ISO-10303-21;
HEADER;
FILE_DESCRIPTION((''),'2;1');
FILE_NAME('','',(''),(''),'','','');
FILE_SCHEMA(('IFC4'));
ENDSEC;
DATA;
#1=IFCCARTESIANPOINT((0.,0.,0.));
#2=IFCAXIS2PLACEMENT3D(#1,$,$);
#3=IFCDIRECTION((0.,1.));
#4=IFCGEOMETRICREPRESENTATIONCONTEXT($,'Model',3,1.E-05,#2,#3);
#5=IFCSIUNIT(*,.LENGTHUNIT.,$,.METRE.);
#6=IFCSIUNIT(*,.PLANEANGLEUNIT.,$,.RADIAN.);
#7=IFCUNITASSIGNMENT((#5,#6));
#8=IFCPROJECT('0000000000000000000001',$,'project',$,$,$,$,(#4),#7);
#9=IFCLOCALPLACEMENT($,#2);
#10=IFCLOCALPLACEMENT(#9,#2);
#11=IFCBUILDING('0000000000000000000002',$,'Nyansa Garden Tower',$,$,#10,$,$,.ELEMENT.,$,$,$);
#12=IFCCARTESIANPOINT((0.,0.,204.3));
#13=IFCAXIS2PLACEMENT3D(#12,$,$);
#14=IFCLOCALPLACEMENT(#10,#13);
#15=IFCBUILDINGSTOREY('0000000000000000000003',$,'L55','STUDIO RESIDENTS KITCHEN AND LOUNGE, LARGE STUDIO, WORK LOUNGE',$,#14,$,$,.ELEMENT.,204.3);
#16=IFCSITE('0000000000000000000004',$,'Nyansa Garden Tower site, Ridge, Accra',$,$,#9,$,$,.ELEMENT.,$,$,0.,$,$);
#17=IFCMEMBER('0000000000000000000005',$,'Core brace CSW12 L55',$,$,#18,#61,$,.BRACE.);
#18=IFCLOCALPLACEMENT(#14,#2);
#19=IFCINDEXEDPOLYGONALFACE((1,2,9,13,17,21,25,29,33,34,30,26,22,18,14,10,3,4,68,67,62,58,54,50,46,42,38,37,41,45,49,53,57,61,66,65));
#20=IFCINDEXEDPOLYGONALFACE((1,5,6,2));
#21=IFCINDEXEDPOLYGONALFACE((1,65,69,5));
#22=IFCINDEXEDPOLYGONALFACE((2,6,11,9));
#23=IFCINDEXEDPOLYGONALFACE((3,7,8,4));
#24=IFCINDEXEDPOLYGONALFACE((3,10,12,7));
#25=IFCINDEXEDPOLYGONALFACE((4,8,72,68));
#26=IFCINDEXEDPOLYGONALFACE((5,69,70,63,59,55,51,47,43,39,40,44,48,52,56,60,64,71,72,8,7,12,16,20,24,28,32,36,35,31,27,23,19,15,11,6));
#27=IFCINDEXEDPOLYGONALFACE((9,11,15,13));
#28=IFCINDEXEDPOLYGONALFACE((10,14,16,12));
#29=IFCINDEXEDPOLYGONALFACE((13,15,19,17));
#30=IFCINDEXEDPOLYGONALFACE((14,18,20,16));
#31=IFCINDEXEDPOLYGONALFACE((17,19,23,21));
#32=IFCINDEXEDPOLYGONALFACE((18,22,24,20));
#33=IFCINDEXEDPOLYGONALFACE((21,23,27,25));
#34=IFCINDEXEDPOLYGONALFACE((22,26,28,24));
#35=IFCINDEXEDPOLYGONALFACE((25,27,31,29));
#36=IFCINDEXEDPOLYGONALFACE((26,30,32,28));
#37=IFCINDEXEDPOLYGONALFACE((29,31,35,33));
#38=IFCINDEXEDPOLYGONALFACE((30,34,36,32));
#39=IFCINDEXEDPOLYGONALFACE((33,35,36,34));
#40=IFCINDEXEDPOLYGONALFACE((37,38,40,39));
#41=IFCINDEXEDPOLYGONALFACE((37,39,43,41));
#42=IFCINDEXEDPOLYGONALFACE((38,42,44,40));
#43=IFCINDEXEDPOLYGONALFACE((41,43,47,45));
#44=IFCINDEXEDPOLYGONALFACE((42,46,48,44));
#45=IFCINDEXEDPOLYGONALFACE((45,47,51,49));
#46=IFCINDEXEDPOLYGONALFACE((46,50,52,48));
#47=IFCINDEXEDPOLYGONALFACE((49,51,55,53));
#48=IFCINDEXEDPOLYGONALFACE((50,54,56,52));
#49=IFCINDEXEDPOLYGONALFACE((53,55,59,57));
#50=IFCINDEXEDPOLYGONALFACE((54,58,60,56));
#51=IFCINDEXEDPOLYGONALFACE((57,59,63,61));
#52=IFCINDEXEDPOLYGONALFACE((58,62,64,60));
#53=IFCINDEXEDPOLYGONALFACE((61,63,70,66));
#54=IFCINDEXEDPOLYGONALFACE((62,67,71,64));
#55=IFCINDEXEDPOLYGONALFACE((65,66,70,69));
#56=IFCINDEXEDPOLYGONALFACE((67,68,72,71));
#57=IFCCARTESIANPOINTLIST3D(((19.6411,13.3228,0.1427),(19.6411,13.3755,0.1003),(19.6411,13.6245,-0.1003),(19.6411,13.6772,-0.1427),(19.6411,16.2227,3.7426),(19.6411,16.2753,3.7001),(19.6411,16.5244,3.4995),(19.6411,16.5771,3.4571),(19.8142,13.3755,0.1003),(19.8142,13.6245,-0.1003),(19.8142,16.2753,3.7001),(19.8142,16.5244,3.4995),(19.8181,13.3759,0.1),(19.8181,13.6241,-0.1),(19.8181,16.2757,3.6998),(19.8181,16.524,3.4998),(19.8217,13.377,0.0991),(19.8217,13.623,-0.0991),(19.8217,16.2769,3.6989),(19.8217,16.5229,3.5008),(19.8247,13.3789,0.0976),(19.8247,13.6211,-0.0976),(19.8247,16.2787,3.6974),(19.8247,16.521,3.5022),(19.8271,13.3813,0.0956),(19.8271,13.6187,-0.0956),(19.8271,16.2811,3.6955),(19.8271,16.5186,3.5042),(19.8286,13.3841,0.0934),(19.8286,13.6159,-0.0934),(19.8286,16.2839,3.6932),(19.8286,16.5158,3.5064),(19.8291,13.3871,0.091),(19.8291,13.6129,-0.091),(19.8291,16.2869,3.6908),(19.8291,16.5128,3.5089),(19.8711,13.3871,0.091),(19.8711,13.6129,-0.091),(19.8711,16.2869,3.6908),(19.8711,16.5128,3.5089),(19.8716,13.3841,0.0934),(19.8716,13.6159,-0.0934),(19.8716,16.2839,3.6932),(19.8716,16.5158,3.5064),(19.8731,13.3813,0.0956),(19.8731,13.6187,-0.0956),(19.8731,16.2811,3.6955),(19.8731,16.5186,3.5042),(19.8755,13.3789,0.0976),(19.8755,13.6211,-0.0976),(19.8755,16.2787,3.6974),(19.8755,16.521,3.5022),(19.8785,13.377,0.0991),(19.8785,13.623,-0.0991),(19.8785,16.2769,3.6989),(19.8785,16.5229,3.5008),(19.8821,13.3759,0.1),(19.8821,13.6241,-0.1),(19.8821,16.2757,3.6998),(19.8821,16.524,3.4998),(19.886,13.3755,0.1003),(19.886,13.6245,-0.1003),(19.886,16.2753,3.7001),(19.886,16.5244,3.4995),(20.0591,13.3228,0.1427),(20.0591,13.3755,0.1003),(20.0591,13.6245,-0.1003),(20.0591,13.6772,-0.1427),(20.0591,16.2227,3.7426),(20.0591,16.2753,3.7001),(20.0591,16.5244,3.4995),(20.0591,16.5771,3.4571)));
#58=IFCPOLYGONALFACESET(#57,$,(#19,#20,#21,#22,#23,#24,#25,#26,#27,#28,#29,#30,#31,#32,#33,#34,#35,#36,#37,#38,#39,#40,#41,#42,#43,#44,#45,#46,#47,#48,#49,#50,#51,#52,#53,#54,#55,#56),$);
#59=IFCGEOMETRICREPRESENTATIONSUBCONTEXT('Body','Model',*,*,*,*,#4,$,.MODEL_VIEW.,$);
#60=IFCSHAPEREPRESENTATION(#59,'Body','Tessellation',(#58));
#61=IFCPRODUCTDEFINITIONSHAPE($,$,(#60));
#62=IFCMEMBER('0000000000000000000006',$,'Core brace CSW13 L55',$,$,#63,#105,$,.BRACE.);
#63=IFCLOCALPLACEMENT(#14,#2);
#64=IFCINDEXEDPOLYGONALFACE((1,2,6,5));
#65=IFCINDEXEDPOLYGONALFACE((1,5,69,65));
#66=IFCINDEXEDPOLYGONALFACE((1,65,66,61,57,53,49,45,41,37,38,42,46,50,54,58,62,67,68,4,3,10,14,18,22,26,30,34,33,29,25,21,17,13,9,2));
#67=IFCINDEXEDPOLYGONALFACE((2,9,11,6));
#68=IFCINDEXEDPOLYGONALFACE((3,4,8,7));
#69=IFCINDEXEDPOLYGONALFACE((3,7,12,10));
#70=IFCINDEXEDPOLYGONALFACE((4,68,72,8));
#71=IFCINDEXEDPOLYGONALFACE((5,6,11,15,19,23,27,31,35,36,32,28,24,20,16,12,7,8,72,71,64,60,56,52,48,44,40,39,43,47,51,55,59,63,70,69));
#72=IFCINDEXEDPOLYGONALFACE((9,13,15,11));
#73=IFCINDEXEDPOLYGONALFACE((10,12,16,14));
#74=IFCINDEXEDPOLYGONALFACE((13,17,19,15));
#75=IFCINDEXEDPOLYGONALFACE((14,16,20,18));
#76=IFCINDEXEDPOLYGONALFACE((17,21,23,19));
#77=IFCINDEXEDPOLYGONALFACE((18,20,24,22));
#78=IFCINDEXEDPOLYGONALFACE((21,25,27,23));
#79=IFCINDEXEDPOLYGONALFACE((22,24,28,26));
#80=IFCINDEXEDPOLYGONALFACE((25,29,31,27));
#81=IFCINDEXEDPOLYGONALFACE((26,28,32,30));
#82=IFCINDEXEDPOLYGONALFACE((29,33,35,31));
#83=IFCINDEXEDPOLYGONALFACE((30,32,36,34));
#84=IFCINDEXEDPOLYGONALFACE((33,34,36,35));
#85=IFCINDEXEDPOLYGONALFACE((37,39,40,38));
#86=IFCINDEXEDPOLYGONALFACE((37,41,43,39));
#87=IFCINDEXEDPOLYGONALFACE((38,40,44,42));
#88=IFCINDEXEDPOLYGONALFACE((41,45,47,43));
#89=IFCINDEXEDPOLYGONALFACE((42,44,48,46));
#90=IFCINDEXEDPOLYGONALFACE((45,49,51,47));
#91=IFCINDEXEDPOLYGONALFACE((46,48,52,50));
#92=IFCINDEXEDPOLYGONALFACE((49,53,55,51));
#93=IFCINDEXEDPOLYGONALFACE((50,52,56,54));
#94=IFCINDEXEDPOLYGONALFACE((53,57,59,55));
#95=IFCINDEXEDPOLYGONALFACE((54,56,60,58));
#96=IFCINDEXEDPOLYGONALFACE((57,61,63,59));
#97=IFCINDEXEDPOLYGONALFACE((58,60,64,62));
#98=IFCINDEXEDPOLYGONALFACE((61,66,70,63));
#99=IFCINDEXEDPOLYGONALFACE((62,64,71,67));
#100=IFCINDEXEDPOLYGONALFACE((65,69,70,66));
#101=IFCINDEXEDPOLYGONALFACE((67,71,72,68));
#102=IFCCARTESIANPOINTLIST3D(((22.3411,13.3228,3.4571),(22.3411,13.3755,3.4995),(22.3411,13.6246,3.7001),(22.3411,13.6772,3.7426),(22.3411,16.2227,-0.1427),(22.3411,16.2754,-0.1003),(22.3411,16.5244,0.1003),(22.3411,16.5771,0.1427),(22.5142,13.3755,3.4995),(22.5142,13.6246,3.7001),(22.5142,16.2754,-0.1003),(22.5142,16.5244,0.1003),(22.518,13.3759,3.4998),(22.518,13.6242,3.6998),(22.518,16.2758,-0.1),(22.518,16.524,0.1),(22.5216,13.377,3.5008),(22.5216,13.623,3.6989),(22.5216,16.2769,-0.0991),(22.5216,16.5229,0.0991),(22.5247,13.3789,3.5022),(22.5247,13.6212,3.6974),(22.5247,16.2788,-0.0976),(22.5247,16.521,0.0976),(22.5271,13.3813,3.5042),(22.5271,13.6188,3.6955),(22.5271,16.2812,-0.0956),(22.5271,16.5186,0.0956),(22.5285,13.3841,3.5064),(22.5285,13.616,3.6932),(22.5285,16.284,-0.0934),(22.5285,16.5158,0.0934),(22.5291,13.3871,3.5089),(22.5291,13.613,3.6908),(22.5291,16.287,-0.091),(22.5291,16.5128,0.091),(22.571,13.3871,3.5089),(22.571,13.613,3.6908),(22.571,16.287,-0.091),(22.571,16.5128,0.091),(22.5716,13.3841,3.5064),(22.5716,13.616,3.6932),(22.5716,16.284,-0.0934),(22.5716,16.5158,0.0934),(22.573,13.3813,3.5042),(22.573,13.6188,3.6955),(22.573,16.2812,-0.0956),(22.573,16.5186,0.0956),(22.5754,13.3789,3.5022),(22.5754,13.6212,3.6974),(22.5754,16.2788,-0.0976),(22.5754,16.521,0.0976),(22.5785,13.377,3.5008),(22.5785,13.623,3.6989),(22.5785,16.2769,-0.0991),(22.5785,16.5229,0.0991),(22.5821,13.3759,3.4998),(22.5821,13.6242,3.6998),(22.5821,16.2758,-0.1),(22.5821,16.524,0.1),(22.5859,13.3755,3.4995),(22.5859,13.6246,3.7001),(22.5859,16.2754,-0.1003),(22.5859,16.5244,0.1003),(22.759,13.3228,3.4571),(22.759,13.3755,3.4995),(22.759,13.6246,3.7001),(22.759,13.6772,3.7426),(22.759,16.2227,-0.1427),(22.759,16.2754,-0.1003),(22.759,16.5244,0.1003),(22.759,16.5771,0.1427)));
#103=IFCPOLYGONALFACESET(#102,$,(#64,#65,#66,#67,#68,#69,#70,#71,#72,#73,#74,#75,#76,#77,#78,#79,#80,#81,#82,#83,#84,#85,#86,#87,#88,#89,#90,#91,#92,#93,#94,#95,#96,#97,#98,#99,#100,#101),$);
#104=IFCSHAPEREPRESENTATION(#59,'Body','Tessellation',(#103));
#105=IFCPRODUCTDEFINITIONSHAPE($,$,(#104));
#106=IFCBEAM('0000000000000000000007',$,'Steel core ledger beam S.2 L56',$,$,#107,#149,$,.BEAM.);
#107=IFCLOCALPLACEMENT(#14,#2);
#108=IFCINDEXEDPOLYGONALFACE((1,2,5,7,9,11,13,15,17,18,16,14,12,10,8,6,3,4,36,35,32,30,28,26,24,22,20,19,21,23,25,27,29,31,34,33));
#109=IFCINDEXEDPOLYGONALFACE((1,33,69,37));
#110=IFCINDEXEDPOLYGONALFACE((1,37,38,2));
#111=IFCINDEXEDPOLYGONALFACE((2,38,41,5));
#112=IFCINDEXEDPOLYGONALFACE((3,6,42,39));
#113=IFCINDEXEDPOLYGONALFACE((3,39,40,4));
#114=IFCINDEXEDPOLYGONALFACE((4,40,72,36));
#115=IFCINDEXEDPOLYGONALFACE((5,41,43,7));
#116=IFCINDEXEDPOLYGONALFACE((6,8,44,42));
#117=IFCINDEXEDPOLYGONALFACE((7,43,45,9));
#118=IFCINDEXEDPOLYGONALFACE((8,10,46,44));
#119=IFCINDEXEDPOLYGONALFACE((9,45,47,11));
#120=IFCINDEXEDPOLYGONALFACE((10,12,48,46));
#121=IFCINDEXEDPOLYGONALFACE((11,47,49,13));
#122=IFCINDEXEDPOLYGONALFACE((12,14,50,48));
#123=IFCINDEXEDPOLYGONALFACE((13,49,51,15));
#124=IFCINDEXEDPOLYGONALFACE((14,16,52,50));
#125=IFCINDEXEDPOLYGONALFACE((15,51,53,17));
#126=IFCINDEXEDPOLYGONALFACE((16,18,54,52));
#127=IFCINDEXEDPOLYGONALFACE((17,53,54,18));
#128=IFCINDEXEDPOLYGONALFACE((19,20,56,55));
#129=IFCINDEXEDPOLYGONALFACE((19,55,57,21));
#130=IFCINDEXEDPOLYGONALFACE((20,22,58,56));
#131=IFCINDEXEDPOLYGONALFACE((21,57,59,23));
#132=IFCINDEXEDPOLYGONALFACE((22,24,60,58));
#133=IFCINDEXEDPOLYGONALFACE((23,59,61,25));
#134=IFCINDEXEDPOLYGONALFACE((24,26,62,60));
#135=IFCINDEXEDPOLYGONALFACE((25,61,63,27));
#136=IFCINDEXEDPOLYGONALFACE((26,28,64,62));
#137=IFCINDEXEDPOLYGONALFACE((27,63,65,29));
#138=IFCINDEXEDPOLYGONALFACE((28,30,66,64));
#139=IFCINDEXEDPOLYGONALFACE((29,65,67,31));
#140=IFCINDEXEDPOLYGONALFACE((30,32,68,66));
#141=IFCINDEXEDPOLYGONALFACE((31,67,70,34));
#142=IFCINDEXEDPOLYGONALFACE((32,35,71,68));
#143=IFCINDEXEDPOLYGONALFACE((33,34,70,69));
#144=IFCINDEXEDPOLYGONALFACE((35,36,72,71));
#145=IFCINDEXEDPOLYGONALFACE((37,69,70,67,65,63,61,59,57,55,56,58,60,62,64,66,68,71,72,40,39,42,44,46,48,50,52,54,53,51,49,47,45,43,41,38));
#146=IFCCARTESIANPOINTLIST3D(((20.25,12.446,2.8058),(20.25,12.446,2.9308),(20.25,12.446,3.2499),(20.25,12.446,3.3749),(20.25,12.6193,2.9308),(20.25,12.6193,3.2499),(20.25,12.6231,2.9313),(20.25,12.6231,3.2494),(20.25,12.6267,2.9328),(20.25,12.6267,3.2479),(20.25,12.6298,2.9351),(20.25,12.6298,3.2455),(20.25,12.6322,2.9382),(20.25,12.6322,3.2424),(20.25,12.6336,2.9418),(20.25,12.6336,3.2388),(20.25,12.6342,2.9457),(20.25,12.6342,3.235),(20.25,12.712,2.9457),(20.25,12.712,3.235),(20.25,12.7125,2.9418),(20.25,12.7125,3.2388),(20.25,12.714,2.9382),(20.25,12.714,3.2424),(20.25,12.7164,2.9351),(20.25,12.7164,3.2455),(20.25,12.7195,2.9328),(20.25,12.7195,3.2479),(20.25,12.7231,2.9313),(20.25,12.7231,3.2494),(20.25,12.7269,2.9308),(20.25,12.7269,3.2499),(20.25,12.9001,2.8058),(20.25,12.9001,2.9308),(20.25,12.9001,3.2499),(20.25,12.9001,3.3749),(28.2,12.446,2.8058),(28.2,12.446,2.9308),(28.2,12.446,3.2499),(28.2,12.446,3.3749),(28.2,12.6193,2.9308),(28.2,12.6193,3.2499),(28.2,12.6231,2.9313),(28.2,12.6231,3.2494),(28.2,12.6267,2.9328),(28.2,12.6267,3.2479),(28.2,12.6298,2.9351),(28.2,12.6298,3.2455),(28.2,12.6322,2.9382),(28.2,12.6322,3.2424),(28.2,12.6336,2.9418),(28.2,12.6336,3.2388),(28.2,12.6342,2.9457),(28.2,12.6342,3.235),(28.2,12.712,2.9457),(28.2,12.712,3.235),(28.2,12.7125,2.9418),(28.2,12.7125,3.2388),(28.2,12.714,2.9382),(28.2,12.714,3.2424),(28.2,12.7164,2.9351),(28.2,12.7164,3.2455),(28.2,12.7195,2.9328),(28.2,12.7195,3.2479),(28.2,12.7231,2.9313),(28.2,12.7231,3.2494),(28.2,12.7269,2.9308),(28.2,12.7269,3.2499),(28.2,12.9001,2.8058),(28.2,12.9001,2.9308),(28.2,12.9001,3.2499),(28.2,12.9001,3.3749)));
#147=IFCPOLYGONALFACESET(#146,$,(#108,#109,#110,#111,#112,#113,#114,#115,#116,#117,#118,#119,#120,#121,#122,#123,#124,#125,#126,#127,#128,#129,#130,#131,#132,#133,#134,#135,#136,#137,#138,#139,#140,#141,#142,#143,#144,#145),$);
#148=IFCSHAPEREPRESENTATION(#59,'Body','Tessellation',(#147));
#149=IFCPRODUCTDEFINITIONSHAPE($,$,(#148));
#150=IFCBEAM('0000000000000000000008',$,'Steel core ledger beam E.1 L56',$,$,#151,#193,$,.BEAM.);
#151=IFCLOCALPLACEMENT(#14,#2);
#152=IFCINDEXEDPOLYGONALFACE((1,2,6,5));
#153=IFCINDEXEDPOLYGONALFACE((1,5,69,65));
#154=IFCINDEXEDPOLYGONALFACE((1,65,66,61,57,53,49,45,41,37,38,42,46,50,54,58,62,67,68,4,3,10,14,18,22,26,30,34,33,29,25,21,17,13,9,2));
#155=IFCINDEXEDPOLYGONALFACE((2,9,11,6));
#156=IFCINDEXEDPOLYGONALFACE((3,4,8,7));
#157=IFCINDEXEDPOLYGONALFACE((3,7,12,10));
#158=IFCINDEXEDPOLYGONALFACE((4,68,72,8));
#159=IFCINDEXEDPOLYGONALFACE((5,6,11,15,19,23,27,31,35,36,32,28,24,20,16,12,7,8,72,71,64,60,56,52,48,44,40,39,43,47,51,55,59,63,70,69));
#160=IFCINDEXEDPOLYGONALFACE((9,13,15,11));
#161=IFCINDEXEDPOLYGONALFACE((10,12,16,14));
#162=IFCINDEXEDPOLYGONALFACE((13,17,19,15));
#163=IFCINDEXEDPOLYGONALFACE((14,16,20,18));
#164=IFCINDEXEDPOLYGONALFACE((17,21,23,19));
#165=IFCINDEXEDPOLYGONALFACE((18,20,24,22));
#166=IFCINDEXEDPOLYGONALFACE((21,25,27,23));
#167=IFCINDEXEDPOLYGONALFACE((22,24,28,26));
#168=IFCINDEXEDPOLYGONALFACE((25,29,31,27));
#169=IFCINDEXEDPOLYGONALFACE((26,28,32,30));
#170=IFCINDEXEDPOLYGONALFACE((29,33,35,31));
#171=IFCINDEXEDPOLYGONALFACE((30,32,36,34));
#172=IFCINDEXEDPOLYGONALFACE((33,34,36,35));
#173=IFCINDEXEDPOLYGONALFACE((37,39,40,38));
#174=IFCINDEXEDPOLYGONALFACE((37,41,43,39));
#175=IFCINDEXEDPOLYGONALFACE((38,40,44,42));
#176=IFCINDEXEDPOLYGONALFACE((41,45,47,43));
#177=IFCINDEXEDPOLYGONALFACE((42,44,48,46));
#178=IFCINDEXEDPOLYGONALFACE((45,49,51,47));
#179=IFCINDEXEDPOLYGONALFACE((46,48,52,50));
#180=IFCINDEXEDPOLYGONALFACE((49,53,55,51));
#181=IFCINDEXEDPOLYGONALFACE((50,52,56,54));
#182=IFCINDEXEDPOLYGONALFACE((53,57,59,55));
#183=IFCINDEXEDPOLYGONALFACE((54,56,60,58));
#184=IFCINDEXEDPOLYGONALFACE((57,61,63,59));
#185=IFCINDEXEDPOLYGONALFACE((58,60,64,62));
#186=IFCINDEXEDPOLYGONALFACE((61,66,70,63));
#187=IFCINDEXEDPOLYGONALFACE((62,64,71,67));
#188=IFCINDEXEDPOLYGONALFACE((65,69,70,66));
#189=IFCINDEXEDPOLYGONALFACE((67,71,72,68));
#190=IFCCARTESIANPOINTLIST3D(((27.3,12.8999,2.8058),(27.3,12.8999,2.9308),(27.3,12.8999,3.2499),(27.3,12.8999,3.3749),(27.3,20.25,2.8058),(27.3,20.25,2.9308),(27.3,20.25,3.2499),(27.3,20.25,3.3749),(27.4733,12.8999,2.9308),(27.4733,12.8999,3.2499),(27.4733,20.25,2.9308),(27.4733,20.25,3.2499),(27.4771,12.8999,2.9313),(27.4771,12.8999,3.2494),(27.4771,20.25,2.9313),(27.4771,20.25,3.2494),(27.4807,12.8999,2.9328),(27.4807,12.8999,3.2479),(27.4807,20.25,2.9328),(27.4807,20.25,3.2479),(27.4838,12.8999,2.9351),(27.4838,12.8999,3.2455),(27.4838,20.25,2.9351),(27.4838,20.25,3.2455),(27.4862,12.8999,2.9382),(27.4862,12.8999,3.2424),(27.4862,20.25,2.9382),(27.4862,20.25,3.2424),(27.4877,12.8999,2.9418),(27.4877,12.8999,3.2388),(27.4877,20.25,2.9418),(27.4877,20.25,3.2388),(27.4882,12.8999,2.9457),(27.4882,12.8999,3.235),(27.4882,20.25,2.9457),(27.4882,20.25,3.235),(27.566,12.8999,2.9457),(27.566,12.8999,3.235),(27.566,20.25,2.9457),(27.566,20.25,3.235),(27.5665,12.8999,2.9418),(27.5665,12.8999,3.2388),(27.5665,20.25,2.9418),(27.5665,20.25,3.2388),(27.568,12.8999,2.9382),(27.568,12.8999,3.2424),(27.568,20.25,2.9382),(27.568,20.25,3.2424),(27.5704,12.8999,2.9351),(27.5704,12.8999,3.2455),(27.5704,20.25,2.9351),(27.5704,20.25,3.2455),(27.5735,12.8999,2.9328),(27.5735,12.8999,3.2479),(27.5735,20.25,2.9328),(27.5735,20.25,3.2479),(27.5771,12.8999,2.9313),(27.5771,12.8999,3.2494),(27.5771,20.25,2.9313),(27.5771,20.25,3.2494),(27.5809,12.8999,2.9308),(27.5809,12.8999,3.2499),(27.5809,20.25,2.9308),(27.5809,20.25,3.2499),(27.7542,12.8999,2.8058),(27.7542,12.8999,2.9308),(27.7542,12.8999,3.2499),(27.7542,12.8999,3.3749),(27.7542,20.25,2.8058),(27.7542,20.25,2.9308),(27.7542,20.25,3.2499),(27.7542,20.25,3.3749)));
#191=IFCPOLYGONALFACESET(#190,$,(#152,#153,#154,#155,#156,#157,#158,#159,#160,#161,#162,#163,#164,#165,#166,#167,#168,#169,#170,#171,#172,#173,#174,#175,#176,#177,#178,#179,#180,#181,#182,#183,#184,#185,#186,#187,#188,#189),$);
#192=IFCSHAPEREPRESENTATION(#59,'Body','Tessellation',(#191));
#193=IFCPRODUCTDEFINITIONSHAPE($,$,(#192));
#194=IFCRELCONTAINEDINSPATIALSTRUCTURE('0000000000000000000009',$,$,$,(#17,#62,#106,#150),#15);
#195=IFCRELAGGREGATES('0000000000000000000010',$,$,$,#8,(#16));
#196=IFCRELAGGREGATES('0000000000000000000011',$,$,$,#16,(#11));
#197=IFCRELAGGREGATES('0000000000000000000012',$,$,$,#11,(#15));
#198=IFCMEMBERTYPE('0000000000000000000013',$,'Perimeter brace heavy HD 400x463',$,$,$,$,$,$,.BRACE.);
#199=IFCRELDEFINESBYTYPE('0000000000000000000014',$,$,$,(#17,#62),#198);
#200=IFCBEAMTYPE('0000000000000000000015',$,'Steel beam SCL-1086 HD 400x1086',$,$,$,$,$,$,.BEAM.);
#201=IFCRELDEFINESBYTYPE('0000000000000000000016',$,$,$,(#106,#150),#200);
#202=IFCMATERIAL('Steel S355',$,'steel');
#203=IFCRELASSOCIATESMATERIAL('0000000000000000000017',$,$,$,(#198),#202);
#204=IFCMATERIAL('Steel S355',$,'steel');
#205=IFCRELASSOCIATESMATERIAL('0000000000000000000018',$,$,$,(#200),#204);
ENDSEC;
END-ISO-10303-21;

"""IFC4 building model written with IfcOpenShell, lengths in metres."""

from ifc_helpers import new_model, si_unit, direction, frame, origin, origin_2d, place, context, subcontext, project, spatial, i_section, extrude, material, material_profile, profile_set, type_object, element, save


model = new_model("IFC4")

# Units and contexts
model_context = context("Model", 3, precision=1e-05, world=origin(), true_north=direction((0.0, 1.0)))
body_context = subcontext(model_context, "Body", "Model", "MODEL_VIEW")
ifc_project = project(units=[si_unit("LENGTHUNIT", "METRE"), si_unit("PLANEANGLEUNIT", "RADIAN")], contexts=[model_context])

# Site, building, storey
site_placement = place(None, origin())
site = spatial("IfcSite", under=ifc_project, at=site_placement, Name="Nyansa Garden Tower site, Ridge, Accra", CompositionType="ELEMENT", RefElevation=0.0)
building_placement = place(site_placement, origin())
building = spatial("IfcBuilding", under=site, at=building_placement, Name="Nyansa Garden Tower", CompositionType="ELEMENT")
storey_placement = place(building_placement, frame((0.0, 0.0, 204.3)))
storey = spatial("IfcBuildingStorey", under=building, at=storey_placement, Name="L55", Description="STUDIO RESIDENTS KITCHEN AND LOUNGE, LARGE STUDIO, WORK LOUNGE", CompositionType="ELEMENT", Elevation=204.3)

# Members
ifc_material_1 = material(Name="Steel S355", Category="steel")
ifc_material_profile_1 = material_profile(ifc_material_1, i_section(OverallWidth=0.418, OverallDepth=0.4551, WebThickness=0.042, FlangeThickness=0.0676, FilletRadius=0.0149, at=origin_2d()), Name="HD 400x463")
ifc_profile_set_1 = profile_set([ifc_material_profile_1], Name="Steel S355")
member_type = type_object("IfcMemberType", Name="Perimeter brace heavy HD 400x463", PredefinedType="BRACE", material=ifc_profile_set_1)
for number, where, z_axis, x_axis, name in (
    (1, (19.8501, 13.5, 0.0), (0.0, 0.627332, 0.778752), (-1.0, 0.0, 0.0), "Core brace CSW12 L55"),
    (2, (22.55, 16.3999, 0.0), (0.0, -0.627332, 0.778752), (1.0, 0.0, 0.0), "Core brace CSW13 L55"),
):
    element("IfcMember", number, at=place(storey_placement, frame(where, z_axis=z_axis, x_axis=x_axis)), inside=storey, type_object=member_type, Name=name, PredefinedType="BRACE", context=body_context, shape_type="SweptSolid", body=[
        extrude(i_section(OverallWidth=0.418, OverallDepth=0.4551, WebThickness=0.042, FlangeThickness=0.0676, FilletRadius=0.0149, at=origin_2d()), origin(), (0.0, 0.0, 1.0), 4.6226),
    ])

# Beams
ifc_material_2 = material(Name="Steel S355", Category="steel")
ifc_material_profile_2 = material_profile(ifc_material_2, i_section(OverallWidth=0.4541, OverallDepth=0.5691, WebThickness=0.0779, FlangeThickness=0.125, FilletRadius=0.0149, at=origin_2d()), Name="HD 400x1086")
ifc_profile_set_2 = profile_set([ifc_material_profile_2], Name="Steel S355")
beam_type = type_object("IfcBeamType", Name="Steel beam SCL-1086 HD 400x1086", PredefinedType="BEAM", material=ifc_profile_set_2)
beam_1_placement = place(storey_placement, frame((20.25, 12.6731, 3.0903), z_axis=(1.0, 0.0, 0.0), x_axis=(0.0, 1.0, 0.0)))
element("IfcBeam", 3, at=beam_1_placement, inside=storey, type_object=beam_type, Name="Steel core ledger beam S.2 L56", PredefinedType="BEAM", context=body_context, shape_type="SweptSolid", body=[
    extrude(i_section(OverallWidth=0.4541, OverallDepth=0.5691, WebThickness=0.0779, FlangeThickness=0.125, FilletRadius=0.0149, at=origin_2d()), origin(), (0.0, 0.0, 1.0), 7.95),
])
beam_2_placement = place(storey_placement, frame((27.5271, 12.8999, 3.0903), z_axis=(0.0, 1.0, 0.0), x_axis=(-1.0, 0.0, 0.0)))
element("IfcBeam", 4, at=beam_2_placement, inside=storey, type_object=beam_type, Name="Steel core ledger beam E.1 L56", PredefinedType="BEAM", context=body_context, shape_type="SweptSolid", body=[
    extrude(i_section(OverallWidth=0.4541, OverallDepth=0.5691, WebThickness=0.0779, FlangeThickness=0.125, FilletRadius=0.0149, at=origin_2d()), origin(), (0.0, 0.0, 1.0), 7.3501),
])

save(model, "model.ifc")
